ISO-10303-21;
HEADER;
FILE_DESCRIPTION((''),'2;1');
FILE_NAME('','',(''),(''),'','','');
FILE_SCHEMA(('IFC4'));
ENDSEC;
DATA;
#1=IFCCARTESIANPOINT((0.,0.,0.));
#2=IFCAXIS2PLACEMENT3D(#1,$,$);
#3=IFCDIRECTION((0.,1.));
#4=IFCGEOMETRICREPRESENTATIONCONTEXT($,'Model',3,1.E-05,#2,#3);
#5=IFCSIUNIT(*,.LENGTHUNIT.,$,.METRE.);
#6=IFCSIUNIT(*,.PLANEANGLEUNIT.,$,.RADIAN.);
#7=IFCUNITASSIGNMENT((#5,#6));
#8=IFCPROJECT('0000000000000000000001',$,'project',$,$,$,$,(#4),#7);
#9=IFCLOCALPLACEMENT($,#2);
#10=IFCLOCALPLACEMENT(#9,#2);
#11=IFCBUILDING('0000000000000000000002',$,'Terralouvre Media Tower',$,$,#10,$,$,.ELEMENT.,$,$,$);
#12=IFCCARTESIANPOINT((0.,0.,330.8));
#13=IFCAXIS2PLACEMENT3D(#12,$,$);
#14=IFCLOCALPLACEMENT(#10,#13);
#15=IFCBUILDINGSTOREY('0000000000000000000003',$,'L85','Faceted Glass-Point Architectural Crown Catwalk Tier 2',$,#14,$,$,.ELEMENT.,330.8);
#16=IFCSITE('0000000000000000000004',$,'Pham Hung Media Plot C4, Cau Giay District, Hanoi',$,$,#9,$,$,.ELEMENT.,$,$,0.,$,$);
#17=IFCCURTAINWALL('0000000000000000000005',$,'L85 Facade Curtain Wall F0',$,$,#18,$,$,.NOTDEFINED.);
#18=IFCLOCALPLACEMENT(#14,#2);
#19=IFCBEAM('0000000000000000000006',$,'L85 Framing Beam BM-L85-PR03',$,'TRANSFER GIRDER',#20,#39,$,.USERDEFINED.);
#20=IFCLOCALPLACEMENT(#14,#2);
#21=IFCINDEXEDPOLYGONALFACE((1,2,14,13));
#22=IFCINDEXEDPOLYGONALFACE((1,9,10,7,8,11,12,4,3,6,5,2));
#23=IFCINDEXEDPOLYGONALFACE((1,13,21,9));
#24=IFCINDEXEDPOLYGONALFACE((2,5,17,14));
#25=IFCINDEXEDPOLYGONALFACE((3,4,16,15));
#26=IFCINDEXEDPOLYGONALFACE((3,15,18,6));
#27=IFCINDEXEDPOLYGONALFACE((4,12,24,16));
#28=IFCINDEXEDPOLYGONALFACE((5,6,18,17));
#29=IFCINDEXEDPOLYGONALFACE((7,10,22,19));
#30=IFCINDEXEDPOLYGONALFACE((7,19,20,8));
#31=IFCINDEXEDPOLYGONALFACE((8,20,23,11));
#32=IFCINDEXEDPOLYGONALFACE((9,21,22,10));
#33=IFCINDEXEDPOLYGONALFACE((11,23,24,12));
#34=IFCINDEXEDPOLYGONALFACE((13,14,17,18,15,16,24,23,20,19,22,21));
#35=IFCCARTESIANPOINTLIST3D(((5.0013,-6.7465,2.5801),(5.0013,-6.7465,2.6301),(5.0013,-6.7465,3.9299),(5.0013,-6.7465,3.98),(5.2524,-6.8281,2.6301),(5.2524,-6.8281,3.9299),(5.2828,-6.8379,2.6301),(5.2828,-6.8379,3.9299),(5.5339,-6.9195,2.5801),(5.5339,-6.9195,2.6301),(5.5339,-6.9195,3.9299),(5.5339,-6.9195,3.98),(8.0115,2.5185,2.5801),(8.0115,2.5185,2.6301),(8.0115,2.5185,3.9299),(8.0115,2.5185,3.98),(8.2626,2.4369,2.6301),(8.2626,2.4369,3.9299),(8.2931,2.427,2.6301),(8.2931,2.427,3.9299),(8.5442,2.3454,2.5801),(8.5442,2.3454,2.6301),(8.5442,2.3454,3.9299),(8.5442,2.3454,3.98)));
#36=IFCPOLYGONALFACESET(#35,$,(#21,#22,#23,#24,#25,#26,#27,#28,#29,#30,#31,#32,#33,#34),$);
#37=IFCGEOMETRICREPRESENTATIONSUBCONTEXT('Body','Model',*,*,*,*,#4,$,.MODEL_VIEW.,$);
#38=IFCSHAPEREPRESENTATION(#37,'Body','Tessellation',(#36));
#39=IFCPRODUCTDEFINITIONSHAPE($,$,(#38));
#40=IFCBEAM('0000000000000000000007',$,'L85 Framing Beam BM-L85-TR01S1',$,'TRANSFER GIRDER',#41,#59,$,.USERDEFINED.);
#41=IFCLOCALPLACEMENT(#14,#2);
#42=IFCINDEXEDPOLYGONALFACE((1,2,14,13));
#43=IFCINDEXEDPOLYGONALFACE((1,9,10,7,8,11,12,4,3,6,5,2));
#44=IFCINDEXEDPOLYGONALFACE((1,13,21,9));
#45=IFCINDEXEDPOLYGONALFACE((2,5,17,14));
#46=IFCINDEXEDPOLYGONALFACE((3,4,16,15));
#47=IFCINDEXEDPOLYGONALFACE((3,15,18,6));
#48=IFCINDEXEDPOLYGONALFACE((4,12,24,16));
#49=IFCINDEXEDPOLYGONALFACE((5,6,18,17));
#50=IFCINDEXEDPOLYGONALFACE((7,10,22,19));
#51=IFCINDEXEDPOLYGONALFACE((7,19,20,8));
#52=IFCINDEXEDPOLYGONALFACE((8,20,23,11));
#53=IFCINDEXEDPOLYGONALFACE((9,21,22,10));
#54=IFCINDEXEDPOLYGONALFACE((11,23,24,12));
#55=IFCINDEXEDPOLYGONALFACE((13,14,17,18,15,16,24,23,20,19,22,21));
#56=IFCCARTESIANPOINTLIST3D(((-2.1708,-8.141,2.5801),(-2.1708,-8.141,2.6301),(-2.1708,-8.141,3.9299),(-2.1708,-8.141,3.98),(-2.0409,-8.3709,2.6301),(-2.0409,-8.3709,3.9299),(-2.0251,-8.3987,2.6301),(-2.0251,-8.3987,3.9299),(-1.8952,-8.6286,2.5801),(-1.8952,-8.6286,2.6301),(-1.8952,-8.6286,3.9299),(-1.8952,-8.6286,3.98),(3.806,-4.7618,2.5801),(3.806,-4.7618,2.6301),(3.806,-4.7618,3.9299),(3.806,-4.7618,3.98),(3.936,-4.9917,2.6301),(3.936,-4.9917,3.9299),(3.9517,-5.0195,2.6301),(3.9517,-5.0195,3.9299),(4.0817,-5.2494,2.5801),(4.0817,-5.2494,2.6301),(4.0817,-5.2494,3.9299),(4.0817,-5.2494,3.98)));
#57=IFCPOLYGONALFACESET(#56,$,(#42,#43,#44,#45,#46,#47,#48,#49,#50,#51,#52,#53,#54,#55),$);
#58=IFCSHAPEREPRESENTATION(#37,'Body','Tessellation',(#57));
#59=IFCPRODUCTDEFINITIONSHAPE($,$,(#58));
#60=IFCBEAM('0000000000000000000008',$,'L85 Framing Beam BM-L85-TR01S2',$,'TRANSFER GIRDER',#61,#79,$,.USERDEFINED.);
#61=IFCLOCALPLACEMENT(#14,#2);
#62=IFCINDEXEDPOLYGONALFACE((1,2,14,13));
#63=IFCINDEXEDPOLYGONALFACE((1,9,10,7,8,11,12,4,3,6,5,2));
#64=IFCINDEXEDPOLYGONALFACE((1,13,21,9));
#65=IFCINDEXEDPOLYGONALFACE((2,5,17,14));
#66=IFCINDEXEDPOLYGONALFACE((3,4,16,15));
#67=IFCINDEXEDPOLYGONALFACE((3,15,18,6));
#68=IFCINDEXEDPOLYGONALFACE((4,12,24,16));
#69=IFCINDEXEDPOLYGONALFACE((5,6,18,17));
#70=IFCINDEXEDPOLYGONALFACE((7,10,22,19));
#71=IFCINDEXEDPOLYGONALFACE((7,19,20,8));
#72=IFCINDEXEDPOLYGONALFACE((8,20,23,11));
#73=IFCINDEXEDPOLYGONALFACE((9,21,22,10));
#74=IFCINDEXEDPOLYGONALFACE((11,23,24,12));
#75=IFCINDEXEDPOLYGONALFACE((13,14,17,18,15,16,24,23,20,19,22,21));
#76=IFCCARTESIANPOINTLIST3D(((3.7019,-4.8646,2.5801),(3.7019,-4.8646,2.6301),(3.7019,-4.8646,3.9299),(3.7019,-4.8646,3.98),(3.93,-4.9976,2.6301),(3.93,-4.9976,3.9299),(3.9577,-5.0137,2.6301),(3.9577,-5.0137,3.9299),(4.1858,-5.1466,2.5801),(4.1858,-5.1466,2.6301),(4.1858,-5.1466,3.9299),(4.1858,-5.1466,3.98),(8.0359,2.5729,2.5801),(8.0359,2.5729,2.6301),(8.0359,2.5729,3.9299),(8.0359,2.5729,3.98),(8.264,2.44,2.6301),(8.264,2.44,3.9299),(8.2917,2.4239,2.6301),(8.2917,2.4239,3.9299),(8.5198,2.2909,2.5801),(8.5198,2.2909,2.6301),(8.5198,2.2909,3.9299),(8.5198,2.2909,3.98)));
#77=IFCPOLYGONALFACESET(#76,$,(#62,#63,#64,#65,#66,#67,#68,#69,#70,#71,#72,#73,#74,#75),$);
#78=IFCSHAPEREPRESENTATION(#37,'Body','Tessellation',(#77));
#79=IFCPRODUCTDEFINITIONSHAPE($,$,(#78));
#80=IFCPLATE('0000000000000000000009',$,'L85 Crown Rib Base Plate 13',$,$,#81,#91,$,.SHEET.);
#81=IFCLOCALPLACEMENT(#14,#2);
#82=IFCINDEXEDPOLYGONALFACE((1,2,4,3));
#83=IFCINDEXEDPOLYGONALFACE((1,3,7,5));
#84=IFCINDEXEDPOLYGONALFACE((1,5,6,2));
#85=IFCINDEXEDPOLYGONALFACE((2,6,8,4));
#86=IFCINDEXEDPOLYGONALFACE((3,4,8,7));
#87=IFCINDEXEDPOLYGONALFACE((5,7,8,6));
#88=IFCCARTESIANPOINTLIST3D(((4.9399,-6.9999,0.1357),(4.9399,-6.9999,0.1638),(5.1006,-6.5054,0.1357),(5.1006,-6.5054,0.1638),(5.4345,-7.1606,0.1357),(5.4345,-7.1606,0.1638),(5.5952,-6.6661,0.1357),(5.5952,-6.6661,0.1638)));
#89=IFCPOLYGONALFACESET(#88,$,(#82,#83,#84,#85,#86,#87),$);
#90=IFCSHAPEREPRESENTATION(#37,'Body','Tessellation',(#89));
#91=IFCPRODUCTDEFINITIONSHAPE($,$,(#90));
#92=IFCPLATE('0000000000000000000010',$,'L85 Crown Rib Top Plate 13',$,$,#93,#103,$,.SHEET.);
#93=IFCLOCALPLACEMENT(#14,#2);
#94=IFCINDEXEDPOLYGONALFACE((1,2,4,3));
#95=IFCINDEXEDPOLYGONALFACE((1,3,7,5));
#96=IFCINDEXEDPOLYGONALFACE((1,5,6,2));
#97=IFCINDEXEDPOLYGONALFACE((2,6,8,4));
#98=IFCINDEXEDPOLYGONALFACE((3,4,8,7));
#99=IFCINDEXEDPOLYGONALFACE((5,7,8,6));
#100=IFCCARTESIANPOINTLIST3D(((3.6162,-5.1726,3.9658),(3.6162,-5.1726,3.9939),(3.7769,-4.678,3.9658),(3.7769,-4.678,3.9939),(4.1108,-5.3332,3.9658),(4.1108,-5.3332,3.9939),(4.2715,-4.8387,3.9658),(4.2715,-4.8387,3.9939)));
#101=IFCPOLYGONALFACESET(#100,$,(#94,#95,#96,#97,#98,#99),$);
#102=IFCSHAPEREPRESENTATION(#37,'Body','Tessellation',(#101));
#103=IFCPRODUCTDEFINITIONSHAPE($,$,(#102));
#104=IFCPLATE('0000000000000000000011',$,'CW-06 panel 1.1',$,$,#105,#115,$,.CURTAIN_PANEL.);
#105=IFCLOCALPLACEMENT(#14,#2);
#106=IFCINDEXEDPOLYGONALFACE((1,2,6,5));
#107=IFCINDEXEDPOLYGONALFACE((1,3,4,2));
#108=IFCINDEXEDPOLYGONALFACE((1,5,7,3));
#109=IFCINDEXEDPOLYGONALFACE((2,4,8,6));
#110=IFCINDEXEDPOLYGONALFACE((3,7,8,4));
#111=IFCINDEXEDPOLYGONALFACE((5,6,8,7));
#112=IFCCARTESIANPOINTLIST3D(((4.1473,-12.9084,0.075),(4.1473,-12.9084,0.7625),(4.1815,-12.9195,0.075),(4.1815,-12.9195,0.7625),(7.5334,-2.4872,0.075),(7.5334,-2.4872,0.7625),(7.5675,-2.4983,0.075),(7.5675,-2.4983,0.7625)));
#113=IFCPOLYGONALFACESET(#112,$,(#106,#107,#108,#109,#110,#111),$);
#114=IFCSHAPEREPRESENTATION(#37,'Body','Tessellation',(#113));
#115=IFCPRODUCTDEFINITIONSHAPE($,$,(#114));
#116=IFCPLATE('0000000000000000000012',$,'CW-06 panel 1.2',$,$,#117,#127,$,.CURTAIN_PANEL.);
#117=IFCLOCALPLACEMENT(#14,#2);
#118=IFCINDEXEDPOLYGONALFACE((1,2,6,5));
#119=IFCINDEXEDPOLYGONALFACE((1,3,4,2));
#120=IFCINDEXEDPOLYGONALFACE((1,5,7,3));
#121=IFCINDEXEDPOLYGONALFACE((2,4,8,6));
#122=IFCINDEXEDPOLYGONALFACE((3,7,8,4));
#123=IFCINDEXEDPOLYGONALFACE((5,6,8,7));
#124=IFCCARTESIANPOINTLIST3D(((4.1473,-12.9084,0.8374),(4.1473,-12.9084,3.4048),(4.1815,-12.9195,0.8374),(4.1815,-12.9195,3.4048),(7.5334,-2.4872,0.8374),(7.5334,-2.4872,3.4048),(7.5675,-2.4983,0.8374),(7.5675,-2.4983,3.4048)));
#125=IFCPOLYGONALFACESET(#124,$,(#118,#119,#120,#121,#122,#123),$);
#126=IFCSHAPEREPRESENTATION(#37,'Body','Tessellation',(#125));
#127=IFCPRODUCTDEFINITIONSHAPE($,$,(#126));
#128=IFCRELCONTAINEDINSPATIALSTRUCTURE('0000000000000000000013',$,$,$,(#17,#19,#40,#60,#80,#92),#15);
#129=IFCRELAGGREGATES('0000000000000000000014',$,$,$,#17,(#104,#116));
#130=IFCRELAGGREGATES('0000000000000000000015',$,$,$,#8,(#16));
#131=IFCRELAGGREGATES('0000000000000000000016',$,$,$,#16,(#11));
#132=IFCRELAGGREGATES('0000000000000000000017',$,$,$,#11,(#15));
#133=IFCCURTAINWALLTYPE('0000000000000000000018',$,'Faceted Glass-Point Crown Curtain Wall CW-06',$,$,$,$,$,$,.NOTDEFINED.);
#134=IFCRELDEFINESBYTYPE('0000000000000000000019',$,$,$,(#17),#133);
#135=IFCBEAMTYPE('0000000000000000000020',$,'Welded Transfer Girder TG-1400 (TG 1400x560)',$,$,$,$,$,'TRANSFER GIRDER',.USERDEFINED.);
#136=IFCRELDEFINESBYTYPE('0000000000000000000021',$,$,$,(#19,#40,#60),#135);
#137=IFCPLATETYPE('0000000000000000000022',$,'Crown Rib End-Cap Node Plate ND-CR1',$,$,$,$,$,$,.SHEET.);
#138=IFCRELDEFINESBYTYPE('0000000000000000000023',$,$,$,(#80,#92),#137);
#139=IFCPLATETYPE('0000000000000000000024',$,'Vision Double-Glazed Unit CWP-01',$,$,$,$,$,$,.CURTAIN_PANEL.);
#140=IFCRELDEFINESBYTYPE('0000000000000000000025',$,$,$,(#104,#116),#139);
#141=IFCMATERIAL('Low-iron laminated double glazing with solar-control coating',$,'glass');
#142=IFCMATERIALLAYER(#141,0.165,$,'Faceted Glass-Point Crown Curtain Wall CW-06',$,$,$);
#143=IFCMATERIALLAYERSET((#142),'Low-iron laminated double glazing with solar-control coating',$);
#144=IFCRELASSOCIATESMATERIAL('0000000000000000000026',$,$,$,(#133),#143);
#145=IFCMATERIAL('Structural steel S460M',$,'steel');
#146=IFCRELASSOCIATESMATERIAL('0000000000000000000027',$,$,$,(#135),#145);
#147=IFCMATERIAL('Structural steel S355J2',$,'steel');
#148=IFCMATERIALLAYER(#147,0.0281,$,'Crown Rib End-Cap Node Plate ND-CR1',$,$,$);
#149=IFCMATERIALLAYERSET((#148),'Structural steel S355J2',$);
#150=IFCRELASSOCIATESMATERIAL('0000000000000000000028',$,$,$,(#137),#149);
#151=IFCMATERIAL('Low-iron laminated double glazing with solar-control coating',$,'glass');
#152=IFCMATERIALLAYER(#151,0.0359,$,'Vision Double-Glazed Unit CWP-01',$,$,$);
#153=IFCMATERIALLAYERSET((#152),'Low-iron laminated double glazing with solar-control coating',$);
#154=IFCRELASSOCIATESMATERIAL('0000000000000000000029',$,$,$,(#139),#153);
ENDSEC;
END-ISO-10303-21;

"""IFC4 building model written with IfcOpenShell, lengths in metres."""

from ifc_helpers import new_model, si_unit, direction, frame, origin, origin_2d, place, context, subcontext, project, spatial, rectangle, i_section, extrude, material, layer, layer_set, material_profile, profile_set, type_object, element, aggregate, save


model = new_model("IFC4")

# Units and contexts
model_context = context("Model", 3, precision=1e-05, world=origin(), true_north=direction((0.0, 1.0)))
body_context = subcontext(model_context, "Body", "Model", "MODEL_VIEW")
ifc_project = project(units=[si_unit("LENGTHUNIT", "METRE"), si_unit("PLANEANGLEUNIT", "RADIAN")], contexts=[model_context])

# Site, building, storey
site_placement = place(None, origin())
site = spatial("IfcSite", under=ifc_project, at=site_placement, Name="Pham Hung Media Plot C4, Cau Giay District, Hanoi", CompositionType="ELEMENT", RefElevation=0.0)
building_placement = place(site_placement, origin())
building = spatial("IfcBuilding", under=site, at=building_placement, Name="Terralouvre Media Tower", CompositionType="ELEMENT")
storey_placement = place(building_placement, frame((0.0, 0.0, 330.8)))
storey = spatial("IfcBuildingStorey", under=building, at=storey_placement, Name="L85", Description="Faceted Glass-Point Architectural Crown Catwalk Tier 2", CompositionType="ELEMENT", Elevation=330.8)

# Curtain wall
ifc_material_1 = material(Name="Low-iron laminated double glazing with solar-control coating", Category="glass")
ifc_layer_1 = layer(ifc_material_1, 0.165, Name="Faceted Glass-Point Crown Curtain Wall CW-06")
ifc_layer_set_1 = layer_set([ifc_layer_1], Name="Low-iron laminated double glazing with solar-control coating")
curtain_wall_type = type_object("IfcCurtainWallType", Name="Faceted Glass-Point Crown Curtain Wall CW-06", PredefinedType="NOTDEFINED", material=ifc_layer_set_1)
curtain_wall_1_placement = place(storey_placement, origin())
curtain_wall_1 = element("IfcCurtainWall", 1, at=curtain_wall_1_placement, inside=storey, type_object=curtain_wall_type, Name="L85 Facade Curtain Wall F0", PredefinedType="NOTDEFINED")

# Beams
ifc_material_2 = material(Name="Structural steel S460M", Category="steel")
ifc_material_profile_1 = material_profile(ifc_material_2, i_section(OverallWidth=0.5601, OverallDepth=1.3999, WebThickness=0.032, FlangeThickness=0.05, at=origin_2d()), Name="TG 1400x560")
ifc_profile_set_1 = profile_set([ifc_material_profile_1], Name="Structural steel S460M")
beam_type = type_object("IfcBeamType", Name="Welded Transfer Girder TG-1400 (TG 1400x560)", ElementType="TRANSFER GIRDER", PredefinedType="USERDEFINED", material=ifc_profile_set_1)
beam_1_placement = place(storey_placement, frame((5.2676, -6.833, 3.28), z_axis=(0.309008, 0.951059, 0.0), x_axis=(-0.951059, 0.309008, 0.0)))
element("IfcBeam", 2, at=beam_1_placement, inside=storey, type_object=beam_type, Name="L85 Framing Beam BM-L85-PR03", ObjectType="TRANSFER GIRDER", PredefinedType="USERDEFINED", context=body_context, shape_type="SweptSolid", body=[
    extrude(i_section(OverallWidth=0.5601, OverallDepth=1.3999, WebThickness=0.032, FlangeThickness=0.05, at=origin_2d()), origin(), (0.0, 0.0, 1.0), 9.7417),
])
beam_2_placement = place(storey_placement, frame((3.9438, -5.0056, 3.28), z_axis=(-0.870503, -0.492163, 0.0), x_axis=(0.492163, -0.870503, 0.0)))
element("IfcBeam", 3, at=beam_2_placement, inside=storey, type_object=beam_type, Name="L85 Framing Beam BM-L85-TR01S1", ObjectType="TRANSFER GIRDER", PredefinedType="USERDEFINED", context=body_context, shape_type="SweptSolid", body=[
    extrude(i_section(OverallWidth=0.5601, OverallDepth=1.3999, WebThickness=0.032, FlangeThickness=0.05, at=origin_2d()), origin(), (0.0, 0.0, 1.0), 6.866),
])
beam_3_placement = place(storey_placement, frame((3.9438, -5.0056, 3.28), z_axis=(0.503476, 0.864009, 0.0), x_axis=(-0.864009, 0.503476, 0.0)))
element("IfcBeam", 4, at=beam_3_placement, inside=storey, type_object=beam_type, Name="L85 Framing Beam BM-L85-TR01S2", ObjectType="TRANSFER GIRDER", PredefinedType="USERDEFINED", context=body_context, shape_type="SweptSolid", body=[
    extrude(i_section(OverallWidth=0.5601, OverallDepth=1.3999, WebThickness=0.032, FlangeThickness=0.05, at=origin_2d()), origin(), (0.0, 0.0, 1.0), 8.6082),
])

# Plates
ifc_material_3 = material(Name="Structural steel S355J2", Category="steel")
ifc_layer_2 = layer(ifc_material_3, 0.0281, Name="Crown Rib End-Cap Node Plate ND-CR1")
ifc_layer_set_2 = layer_set([ifc_layer_2], Name="Structural steel S355J2")
plate_type_1 = type_object("IfcPlateType", Name="Crown Rib End-Cap Node Plate ND-CR1", PredefinedType="SHEET", material=ifc_layer_set_2)
for number, where, z_axis, x_axis, name in (
    (5, (5.2676, -6.833, 0.1357), (0.0, 0.0, 1.0), (0.309017, 0.951057, 0.0), "L85 Crown Rib Base Plate 13"),
    (6, (3.9438, -5.0056, 3.9658), (0.0, 0.0, 1.0), (0.309017, 0.951057, 0.0), "L85 Crown Rib Top Plate 13"),
):
    element("IfcPlate", number, at=place(storey_placement, frame(where, z_axis=z_axis, x_axis=x_axis)), inside=storey, type_object=plate_type_1, Name=name, PredefinedType="SHEET", context=body_context, shape_type="SweptSolid", body=[
        extrude(rectangle(XDim=0.52, YDim=0.52, at=origin_2d()), origin(), (0.0, 0.0, 1.0), 0.0281),
    ])

# Plates
ifc_material_4 = material(Name="Low-iron laminated double glazing with solar-control coating", Category="glass")
ifc_layer_3 = layer(ifc_material_4, 0.0359, Name="Vision Double-Glazed Unit CWP-01")
ifc_layer_set_3 = layer_set([ifc_layer_3], Name="Low-iron laminated double glazing with solar-control coating")
plate_type_2 = type_object("IfcPlateType", Name="Vision Double-Glazed Unit CWP-01", PredefinedType="CURTAIN_PANEL", material=ifc_layer_set_3)
plate_1_placement = place(storey_placement, frame((5.8574, -7.7034, 0.075), z_axis=(0.0, 0.0, 1.0), x_axis=(0.309017, 0.951057, 0.0)))
plate_1 = element("IfcPlate", 7, at=plate_1_placement, type_object=plate_type_2, Name="CW-06 panel 1.1", PredefinedType="CURTAIN_PANEL", context=body_context, shape_type="SweptSolid", body=[
    extrude(rectangle(XDim=10.9575, YDim=0.0359, at=origin_2d()), origin(), (0.0, 0.0, 1.0), 0.6875),
])
plate_2_placement = place(storey_placement, frame((5.8574, -7.7034, 0.8374), z_axis=(0.0, 0.0, 1.0), x_axis=(0.309017, 0.951057, 0.0)))
plate_2 = element("IfcPlate", 8, at=plate_2_placement, type_object=plate_type_2, Name="CW-06 panel 1.2", PredefinedType="CURTAIN_PANEL", context=body_context, shape_type="SweptSolid", body=[
    extrude(rectangle(XDim=10.9575, YDim=0.0359, at=origin_2d()), origin(), (0.0, 0.0, 1.0), 2.5674),
])
aggregate(curtain_wall_1, [plate_1, plate_2])

save(model, "model.ifc")
